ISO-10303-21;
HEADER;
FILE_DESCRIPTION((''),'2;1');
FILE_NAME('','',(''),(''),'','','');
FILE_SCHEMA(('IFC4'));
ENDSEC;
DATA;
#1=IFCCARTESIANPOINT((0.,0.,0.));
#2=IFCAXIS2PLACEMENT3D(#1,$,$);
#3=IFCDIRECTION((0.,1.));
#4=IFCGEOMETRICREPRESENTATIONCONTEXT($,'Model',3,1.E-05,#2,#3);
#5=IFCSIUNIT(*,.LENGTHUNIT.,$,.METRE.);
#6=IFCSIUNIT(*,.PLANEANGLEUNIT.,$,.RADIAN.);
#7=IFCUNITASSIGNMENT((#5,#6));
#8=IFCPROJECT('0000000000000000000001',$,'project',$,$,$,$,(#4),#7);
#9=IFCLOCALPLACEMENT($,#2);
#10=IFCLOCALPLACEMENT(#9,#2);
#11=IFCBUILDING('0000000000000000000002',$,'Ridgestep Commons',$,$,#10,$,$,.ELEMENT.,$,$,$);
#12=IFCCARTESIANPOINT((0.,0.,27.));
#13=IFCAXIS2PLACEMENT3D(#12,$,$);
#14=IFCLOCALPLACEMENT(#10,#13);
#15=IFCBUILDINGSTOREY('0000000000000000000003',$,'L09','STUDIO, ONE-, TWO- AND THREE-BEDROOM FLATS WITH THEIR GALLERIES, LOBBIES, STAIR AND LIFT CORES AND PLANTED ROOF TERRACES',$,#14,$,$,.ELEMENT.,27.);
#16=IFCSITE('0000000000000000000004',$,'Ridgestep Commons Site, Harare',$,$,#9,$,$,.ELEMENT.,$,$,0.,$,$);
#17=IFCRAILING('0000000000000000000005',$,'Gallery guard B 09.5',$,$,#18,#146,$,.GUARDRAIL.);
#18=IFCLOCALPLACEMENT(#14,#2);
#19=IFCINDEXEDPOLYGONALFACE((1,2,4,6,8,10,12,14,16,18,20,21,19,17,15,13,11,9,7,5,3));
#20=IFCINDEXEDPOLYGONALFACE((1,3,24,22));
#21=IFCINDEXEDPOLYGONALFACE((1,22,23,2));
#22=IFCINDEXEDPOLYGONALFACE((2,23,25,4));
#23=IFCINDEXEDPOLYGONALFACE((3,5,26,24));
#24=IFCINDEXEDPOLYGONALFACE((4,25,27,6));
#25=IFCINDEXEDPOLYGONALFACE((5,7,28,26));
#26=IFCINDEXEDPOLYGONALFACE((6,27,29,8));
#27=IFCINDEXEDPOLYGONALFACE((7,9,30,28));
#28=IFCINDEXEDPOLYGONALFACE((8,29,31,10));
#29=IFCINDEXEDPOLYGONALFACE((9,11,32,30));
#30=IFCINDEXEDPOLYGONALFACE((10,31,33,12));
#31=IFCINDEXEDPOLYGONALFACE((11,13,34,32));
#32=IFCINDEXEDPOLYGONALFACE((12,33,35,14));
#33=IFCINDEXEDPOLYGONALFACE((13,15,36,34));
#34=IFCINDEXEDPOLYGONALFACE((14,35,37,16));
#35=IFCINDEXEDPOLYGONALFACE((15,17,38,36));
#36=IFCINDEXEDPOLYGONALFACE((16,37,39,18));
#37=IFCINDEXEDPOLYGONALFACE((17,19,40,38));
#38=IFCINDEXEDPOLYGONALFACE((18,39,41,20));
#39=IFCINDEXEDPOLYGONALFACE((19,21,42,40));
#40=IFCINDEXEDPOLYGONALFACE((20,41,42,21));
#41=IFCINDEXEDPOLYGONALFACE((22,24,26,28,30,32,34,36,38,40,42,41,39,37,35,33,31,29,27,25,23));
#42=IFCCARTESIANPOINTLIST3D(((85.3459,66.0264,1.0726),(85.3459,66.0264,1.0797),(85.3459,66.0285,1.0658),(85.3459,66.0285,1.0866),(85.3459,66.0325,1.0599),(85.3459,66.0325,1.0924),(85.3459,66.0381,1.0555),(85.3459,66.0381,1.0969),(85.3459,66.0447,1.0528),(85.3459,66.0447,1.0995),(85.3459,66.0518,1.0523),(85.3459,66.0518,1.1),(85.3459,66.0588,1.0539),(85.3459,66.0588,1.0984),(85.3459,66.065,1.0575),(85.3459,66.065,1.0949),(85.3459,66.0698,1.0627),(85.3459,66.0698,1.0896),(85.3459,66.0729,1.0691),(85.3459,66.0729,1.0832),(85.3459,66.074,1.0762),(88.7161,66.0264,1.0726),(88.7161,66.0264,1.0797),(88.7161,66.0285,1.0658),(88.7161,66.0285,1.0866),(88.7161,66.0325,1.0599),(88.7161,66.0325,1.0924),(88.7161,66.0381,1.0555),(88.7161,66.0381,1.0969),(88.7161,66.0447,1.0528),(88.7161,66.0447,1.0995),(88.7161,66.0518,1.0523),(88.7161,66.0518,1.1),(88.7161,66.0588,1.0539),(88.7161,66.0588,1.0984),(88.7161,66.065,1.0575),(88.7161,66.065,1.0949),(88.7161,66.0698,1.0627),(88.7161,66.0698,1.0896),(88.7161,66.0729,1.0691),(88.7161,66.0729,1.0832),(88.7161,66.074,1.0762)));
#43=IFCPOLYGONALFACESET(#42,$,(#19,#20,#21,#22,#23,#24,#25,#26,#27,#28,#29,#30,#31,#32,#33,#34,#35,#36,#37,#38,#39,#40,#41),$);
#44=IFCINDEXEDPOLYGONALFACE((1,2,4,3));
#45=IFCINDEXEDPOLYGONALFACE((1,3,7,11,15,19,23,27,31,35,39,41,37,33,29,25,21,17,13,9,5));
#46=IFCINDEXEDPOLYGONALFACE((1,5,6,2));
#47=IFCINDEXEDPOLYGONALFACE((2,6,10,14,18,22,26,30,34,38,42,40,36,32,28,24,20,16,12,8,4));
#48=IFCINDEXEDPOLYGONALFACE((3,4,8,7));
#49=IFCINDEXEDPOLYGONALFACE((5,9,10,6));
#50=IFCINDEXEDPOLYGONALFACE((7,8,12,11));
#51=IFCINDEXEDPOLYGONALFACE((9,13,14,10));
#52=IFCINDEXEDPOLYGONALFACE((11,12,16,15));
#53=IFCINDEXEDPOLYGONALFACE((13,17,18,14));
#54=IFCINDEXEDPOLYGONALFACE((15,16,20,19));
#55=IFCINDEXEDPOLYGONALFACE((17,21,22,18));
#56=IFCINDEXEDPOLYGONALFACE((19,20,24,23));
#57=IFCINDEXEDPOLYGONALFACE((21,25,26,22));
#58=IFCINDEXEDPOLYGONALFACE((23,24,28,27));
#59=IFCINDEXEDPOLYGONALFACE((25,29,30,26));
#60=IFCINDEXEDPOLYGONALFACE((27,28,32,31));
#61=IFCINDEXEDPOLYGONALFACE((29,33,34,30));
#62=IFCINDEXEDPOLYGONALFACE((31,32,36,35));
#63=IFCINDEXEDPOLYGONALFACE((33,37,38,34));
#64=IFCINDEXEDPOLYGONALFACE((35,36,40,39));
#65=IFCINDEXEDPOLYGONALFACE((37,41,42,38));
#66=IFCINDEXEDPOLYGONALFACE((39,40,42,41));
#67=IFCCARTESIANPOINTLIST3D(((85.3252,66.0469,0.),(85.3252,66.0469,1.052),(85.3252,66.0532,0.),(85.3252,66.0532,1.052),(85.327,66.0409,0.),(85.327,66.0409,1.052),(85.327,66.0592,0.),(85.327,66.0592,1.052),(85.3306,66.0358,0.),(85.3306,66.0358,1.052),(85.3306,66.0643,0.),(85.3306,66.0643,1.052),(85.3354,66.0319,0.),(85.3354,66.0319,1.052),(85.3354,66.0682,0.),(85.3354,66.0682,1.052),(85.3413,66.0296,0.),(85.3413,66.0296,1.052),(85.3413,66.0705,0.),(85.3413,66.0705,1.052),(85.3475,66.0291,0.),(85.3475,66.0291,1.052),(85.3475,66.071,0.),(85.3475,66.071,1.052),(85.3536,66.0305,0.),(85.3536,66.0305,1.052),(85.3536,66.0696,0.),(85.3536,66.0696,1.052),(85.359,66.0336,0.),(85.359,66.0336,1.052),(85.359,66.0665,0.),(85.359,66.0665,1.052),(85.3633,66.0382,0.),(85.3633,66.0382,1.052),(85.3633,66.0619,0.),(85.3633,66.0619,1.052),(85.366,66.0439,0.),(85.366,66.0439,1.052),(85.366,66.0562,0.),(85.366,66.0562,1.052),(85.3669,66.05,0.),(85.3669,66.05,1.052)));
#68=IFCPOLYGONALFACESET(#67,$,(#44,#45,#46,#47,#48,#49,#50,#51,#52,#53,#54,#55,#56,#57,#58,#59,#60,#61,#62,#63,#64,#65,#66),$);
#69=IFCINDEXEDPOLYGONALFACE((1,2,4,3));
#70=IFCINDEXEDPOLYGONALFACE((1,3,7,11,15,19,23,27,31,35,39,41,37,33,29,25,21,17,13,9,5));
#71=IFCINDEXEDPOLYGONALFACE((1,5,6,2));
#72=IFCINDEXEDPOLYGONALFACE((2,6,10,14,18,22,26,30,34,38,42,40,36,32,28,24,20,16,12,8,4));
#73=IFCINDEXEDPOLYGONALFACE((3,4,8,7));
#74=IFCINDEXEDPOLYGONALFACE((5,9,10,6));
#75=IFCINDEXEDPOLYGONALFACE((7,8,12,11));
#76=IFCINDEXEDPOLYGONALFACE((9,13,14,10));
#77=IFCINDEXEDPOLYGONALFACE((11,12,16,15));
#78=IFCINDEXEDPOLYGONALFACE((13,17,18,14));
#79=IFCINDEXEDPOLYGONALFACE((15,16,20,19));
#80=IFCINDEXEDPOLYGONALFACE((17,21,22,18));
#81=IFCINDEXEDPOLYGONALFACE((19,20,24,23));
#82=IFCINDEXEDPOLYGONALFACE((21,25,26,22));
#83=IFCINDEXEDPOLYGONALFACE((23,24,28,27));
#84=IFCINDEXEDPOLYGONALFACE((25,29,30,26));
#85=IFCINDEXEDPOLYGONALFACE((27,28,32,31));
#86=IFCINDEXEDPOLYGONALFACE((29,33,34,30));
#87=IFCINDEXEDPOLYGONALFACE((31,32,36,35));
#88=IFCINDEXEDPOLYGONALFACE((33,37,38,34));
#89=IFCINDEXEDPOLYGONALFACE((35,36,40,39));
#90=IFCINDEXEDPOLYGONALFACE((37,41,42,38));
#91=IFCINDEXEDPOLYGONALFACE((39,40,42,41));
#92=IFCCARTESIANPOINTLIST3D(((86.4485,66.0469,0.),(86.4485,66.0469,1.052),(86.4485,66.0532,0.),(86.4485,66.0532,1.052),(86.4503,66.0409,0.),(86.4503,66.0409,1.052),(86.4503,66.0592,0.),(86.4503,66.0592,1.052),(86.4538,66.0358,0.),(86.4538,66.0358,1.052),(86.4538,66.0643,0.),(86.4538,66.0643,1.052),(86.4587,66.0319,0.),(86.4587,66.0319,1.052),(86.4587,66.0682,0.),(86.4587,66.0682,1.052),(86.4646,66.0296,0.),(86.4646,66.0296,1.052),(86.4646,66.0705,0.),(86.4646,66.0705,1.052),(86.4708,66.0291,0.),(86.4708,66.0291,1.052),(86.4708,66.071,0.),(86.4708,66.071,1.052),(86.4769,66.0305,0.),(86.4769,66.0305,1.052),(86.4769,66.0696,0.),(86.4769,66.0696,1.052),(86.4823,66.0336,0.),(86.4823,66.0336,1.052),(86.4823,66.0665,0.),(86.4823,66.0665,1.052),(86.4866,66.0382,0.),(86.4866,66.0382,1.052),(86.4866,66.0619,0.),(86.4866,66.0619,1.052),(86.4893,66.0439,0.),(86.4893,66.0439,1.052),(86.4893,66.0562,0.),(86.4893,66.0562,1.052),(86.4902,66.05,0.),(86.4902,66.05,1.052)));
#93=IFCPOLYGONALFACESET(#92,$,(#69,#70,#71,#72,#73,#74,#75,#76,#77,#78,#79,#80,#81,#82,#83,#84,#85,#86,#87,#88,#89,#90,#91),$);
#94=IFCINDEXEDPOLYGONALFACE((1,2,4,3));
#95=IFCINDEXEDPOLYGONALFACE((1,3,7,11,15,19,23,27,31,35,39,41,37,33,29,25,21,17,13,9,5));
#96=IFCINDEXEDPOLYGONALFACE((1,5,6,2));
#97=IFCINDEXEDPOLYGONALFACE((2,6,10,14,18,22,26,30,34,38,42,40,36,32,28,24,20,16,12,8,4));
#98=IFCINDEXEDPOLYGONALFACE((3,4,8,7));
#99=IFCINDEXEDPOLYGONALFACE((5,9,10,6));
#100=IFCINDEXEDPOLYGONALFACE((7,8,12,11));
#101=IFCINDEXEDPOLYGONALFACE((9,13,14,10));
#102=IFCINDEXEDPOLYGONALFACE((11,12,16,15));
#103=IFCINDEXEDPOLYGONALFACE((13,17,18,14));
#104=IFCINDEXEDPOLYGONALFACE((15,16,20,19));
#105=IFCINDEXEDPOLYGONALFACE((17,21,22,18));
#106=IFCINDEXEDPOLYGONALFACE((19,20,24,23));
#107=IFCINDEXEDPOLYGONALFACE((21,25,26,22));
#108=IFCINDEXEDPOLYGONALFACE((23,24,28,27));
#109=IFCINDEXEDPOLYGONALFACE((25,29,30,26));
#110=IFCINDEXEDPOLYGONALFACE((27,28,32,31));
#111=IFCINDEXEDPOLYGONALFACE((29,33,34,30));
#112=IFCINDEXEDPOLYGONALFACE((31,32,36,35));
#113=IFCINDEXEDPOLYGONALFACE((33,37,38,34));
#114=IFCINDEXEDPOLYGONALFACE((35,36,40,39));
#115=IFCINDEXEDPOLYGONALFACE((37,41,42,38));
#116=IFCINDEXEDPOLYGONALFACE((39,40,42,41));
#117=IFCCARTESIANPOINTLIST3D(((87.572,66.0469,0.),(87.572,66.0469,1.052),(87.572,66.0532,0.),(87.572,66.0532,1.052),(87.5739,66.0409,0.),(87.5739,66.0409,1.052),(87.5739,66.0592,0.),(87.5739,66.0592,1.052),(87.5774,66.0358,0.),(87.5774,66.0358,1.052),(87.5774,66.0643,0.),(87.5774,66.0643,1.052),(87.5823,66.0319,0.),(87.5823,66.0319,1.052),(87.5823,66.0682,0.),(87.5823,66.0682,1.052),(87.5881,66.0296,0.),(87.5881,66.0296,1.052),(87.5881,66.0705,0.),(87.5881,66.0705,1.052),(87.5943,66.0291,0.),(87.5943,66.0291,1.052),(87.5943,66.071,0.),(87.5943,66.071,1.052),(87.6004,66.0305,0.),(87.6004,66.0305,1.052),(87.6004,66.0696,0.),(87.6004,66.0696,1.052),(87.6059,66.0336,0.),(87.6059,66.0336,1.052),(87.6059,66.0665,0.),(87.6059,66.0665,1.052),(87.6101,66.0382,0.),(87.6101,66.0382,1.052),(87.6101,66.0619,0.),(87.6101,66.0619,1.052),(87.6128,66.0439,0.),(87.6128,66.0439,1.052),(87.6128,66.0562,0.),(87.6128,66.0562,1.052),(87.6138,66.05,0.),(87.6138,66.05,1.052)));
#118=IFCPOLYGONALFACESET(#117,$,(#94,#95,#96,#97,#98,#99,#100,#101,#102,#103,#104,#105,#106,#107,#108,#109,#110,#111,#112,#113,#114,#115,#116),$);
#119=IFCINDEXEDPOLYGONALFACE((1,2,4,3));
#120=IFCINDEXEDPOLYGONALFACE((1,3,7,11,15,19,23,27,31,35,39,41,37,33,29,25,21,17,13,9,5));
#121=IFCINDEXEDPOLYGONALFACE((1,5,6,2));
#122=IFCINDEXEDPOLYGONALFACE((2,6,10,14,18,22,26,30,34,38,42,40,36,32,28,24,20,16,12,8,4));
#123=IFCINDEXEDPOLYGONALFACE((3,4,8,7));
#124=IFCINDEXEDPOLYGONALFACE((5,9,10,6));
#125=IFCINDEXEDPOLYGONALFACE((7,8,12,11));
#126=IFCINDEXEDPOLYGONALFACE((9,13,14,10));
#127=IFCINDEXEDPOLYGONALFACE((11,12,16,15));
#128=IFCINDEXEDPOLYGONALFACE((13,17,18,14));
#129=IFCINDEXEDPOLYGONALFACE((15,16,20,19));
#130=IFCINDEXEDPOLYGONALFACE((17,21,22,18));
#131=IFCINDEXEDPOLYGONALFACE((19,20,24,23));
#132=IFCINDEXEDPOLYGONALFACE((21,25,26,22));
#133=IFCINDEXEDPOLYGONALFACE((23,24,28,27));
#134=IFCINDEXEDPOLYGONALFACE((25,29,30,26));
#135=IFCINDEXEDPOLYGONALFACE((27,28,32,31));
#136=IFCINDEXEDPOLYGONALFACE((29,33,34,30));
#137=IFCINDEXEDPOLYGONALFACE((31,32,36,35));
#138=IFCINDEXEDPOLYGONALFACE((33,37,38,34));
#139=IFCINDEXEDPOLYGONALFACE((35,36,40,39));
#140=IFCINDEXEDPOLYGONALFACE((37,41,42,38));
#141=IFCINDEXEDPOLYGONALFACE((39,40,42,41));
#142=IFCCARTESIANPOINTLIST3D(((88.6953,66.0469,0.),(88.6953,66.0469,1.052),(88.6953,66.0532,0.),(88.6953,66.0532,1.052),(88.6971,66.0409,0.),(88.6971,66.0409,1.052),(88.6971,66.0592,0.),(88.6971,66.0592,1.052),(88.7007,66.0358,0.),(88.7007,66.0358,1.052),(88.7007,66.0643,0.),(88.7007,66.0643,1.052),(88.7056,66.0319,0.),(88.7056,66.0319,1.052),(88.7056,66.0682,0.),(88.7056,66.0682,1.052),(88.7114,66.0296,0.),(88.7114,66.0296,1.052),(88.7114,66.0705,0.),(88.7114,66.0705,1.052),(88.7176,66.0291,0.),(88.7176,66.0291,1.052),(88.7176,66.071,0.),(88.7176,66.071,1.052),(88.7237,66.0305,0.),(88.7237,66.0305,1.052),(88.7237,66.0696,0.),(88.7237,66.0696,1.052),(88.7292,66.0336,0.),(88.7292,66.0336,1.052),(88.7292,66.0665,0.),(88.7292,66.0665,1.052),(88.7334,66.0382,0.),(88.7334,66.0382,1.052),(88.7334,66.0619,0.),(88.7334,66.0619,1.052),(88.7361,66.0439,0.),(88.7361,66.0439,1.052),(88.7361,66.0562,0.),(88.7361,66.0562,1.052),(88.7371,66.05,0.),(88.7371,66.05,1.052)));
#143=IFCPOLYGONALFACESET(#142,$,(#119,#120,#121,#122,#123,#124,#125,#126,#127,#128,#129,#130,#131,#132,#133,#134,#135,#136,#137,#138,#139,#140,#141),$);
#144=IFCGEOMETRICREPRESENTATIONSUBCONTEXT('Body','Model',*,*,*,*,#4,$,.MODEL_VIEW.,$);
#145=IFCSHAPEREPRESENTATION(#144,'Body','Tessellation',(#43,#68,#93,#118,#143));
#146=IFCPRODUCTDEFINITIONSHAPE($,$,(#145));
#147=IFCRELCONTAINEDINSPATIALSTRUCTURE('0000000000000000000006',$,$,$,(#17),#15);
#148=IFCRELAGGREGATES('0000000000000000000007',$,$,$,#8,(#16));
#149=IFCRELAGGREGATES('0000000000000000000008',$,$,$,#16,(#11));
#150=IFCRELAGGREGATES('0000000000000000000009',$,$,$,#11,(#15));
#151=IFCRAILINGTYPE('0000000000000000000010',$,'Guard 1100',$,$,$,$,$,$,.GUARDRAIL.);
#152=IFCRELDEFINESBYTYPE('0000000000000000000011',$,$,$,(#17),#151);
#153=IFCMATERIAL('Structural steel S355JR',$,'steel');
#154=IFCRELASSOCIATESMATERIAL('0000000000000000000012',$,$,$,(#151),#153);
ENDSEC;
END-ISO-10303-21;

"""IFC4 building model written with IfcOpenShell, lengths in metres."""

from ifc_helpers import new_model, si_unit, direction, frame, origin, origin_2d, place, context, subcontext, project, spatial, circle, extrude, material, type_object, element, save


model = new_model("IFC4")

# Units and contexts
model_context = context("Model", 3, precision=1e-05, world=origin(), true_north=direction((0.0, 1.0)))
body_context = subcontext(model_context, "Body", "Model", "MODEL_VIEW")
ifc_project = project(units=[si_unit("LENGTHUNIT", "METRE"), si_unit("PLANEANGLEUNIT", "RADIAN")], contexts=[model_context])

# Site, building, storey
site_placement = place(None, origin())
site = spatial("IfcSite", under=ifc_project, at=site_placement, Name="Ridgestep Commons Site, Harare", CompositionType="ELEMENT", RefElevation=0.0)
building_placement = place(site_placement, origin())
building = spatial("IfcBuilding", under=site, at=building_placement, Name="Ridgestep Commons", CompositionType="ELEMENT")
storey_placement = place(building_placement, frame((0.0, 0.0, 27.0)))
storey = spatial("IfcBuildingStorey", under=building, at=storey_placement, Name="L09", Description="STUDIO, ONE-, TWO- AND THREE-BEDROOM FLATS WITH THEIR GALLERIES, LOBBIES, STAIR AND LIFT CORES AND PLANTED ROOF TERRACES", CompositionType="ELEMENT", Elevation=27.0)

# Railing
ifc_material_1 = material(Name="Structural steel S355JR", Category="steel")
railing_type = type_object("IfcRailingType", Name="Guard 1100", PredefinedType="GUARDRAIL", material=ifc_material_1)
railing_1_placement = place(storey_placement, frame((85.3459, 66.05, 0.0)))
element("IfcRailing", 1, at=railing_1_placement, inside=storey, type_object=railing_type, Name="Gallery guard B 09.5", PredefinedType="GUARDRAIL", context=body_context, shape_type="SweptSolid", body=[
    extrude(circle(Radius=0.0239, at=origin_2d()), frame((0.0, 0.0, 1.0762), z_axis=(1.0, 0.0, 0.0), x_axis=(0.0, 1.0, 0.0)), (0.0, 0.0, 1.0), 3.3701),
    extrude(circle(Radius=0.021, at=origin_2d()), origin(), (0.0, 0.0, 1.0), 1.052),
    extrude(circle(Radius=0.021, at=origin_2d()), frame((1.1233, 0.0, 0.0)), (0.0, 0.0, 1.0), 1.052),
    extrude(circle(Radius=0.021, at=origin_2d()), frame((2.2468, 0.0, 0.0)), (0.0, 0.0, 1.0), 1.052),
    extrude(circle(Radius=0.021, at=origin_2d()), frame((3.3701, 0.0, 0.0)), (0.0, 0.0, 1.0), 1.052),
])

save(model, "model.ifc")
